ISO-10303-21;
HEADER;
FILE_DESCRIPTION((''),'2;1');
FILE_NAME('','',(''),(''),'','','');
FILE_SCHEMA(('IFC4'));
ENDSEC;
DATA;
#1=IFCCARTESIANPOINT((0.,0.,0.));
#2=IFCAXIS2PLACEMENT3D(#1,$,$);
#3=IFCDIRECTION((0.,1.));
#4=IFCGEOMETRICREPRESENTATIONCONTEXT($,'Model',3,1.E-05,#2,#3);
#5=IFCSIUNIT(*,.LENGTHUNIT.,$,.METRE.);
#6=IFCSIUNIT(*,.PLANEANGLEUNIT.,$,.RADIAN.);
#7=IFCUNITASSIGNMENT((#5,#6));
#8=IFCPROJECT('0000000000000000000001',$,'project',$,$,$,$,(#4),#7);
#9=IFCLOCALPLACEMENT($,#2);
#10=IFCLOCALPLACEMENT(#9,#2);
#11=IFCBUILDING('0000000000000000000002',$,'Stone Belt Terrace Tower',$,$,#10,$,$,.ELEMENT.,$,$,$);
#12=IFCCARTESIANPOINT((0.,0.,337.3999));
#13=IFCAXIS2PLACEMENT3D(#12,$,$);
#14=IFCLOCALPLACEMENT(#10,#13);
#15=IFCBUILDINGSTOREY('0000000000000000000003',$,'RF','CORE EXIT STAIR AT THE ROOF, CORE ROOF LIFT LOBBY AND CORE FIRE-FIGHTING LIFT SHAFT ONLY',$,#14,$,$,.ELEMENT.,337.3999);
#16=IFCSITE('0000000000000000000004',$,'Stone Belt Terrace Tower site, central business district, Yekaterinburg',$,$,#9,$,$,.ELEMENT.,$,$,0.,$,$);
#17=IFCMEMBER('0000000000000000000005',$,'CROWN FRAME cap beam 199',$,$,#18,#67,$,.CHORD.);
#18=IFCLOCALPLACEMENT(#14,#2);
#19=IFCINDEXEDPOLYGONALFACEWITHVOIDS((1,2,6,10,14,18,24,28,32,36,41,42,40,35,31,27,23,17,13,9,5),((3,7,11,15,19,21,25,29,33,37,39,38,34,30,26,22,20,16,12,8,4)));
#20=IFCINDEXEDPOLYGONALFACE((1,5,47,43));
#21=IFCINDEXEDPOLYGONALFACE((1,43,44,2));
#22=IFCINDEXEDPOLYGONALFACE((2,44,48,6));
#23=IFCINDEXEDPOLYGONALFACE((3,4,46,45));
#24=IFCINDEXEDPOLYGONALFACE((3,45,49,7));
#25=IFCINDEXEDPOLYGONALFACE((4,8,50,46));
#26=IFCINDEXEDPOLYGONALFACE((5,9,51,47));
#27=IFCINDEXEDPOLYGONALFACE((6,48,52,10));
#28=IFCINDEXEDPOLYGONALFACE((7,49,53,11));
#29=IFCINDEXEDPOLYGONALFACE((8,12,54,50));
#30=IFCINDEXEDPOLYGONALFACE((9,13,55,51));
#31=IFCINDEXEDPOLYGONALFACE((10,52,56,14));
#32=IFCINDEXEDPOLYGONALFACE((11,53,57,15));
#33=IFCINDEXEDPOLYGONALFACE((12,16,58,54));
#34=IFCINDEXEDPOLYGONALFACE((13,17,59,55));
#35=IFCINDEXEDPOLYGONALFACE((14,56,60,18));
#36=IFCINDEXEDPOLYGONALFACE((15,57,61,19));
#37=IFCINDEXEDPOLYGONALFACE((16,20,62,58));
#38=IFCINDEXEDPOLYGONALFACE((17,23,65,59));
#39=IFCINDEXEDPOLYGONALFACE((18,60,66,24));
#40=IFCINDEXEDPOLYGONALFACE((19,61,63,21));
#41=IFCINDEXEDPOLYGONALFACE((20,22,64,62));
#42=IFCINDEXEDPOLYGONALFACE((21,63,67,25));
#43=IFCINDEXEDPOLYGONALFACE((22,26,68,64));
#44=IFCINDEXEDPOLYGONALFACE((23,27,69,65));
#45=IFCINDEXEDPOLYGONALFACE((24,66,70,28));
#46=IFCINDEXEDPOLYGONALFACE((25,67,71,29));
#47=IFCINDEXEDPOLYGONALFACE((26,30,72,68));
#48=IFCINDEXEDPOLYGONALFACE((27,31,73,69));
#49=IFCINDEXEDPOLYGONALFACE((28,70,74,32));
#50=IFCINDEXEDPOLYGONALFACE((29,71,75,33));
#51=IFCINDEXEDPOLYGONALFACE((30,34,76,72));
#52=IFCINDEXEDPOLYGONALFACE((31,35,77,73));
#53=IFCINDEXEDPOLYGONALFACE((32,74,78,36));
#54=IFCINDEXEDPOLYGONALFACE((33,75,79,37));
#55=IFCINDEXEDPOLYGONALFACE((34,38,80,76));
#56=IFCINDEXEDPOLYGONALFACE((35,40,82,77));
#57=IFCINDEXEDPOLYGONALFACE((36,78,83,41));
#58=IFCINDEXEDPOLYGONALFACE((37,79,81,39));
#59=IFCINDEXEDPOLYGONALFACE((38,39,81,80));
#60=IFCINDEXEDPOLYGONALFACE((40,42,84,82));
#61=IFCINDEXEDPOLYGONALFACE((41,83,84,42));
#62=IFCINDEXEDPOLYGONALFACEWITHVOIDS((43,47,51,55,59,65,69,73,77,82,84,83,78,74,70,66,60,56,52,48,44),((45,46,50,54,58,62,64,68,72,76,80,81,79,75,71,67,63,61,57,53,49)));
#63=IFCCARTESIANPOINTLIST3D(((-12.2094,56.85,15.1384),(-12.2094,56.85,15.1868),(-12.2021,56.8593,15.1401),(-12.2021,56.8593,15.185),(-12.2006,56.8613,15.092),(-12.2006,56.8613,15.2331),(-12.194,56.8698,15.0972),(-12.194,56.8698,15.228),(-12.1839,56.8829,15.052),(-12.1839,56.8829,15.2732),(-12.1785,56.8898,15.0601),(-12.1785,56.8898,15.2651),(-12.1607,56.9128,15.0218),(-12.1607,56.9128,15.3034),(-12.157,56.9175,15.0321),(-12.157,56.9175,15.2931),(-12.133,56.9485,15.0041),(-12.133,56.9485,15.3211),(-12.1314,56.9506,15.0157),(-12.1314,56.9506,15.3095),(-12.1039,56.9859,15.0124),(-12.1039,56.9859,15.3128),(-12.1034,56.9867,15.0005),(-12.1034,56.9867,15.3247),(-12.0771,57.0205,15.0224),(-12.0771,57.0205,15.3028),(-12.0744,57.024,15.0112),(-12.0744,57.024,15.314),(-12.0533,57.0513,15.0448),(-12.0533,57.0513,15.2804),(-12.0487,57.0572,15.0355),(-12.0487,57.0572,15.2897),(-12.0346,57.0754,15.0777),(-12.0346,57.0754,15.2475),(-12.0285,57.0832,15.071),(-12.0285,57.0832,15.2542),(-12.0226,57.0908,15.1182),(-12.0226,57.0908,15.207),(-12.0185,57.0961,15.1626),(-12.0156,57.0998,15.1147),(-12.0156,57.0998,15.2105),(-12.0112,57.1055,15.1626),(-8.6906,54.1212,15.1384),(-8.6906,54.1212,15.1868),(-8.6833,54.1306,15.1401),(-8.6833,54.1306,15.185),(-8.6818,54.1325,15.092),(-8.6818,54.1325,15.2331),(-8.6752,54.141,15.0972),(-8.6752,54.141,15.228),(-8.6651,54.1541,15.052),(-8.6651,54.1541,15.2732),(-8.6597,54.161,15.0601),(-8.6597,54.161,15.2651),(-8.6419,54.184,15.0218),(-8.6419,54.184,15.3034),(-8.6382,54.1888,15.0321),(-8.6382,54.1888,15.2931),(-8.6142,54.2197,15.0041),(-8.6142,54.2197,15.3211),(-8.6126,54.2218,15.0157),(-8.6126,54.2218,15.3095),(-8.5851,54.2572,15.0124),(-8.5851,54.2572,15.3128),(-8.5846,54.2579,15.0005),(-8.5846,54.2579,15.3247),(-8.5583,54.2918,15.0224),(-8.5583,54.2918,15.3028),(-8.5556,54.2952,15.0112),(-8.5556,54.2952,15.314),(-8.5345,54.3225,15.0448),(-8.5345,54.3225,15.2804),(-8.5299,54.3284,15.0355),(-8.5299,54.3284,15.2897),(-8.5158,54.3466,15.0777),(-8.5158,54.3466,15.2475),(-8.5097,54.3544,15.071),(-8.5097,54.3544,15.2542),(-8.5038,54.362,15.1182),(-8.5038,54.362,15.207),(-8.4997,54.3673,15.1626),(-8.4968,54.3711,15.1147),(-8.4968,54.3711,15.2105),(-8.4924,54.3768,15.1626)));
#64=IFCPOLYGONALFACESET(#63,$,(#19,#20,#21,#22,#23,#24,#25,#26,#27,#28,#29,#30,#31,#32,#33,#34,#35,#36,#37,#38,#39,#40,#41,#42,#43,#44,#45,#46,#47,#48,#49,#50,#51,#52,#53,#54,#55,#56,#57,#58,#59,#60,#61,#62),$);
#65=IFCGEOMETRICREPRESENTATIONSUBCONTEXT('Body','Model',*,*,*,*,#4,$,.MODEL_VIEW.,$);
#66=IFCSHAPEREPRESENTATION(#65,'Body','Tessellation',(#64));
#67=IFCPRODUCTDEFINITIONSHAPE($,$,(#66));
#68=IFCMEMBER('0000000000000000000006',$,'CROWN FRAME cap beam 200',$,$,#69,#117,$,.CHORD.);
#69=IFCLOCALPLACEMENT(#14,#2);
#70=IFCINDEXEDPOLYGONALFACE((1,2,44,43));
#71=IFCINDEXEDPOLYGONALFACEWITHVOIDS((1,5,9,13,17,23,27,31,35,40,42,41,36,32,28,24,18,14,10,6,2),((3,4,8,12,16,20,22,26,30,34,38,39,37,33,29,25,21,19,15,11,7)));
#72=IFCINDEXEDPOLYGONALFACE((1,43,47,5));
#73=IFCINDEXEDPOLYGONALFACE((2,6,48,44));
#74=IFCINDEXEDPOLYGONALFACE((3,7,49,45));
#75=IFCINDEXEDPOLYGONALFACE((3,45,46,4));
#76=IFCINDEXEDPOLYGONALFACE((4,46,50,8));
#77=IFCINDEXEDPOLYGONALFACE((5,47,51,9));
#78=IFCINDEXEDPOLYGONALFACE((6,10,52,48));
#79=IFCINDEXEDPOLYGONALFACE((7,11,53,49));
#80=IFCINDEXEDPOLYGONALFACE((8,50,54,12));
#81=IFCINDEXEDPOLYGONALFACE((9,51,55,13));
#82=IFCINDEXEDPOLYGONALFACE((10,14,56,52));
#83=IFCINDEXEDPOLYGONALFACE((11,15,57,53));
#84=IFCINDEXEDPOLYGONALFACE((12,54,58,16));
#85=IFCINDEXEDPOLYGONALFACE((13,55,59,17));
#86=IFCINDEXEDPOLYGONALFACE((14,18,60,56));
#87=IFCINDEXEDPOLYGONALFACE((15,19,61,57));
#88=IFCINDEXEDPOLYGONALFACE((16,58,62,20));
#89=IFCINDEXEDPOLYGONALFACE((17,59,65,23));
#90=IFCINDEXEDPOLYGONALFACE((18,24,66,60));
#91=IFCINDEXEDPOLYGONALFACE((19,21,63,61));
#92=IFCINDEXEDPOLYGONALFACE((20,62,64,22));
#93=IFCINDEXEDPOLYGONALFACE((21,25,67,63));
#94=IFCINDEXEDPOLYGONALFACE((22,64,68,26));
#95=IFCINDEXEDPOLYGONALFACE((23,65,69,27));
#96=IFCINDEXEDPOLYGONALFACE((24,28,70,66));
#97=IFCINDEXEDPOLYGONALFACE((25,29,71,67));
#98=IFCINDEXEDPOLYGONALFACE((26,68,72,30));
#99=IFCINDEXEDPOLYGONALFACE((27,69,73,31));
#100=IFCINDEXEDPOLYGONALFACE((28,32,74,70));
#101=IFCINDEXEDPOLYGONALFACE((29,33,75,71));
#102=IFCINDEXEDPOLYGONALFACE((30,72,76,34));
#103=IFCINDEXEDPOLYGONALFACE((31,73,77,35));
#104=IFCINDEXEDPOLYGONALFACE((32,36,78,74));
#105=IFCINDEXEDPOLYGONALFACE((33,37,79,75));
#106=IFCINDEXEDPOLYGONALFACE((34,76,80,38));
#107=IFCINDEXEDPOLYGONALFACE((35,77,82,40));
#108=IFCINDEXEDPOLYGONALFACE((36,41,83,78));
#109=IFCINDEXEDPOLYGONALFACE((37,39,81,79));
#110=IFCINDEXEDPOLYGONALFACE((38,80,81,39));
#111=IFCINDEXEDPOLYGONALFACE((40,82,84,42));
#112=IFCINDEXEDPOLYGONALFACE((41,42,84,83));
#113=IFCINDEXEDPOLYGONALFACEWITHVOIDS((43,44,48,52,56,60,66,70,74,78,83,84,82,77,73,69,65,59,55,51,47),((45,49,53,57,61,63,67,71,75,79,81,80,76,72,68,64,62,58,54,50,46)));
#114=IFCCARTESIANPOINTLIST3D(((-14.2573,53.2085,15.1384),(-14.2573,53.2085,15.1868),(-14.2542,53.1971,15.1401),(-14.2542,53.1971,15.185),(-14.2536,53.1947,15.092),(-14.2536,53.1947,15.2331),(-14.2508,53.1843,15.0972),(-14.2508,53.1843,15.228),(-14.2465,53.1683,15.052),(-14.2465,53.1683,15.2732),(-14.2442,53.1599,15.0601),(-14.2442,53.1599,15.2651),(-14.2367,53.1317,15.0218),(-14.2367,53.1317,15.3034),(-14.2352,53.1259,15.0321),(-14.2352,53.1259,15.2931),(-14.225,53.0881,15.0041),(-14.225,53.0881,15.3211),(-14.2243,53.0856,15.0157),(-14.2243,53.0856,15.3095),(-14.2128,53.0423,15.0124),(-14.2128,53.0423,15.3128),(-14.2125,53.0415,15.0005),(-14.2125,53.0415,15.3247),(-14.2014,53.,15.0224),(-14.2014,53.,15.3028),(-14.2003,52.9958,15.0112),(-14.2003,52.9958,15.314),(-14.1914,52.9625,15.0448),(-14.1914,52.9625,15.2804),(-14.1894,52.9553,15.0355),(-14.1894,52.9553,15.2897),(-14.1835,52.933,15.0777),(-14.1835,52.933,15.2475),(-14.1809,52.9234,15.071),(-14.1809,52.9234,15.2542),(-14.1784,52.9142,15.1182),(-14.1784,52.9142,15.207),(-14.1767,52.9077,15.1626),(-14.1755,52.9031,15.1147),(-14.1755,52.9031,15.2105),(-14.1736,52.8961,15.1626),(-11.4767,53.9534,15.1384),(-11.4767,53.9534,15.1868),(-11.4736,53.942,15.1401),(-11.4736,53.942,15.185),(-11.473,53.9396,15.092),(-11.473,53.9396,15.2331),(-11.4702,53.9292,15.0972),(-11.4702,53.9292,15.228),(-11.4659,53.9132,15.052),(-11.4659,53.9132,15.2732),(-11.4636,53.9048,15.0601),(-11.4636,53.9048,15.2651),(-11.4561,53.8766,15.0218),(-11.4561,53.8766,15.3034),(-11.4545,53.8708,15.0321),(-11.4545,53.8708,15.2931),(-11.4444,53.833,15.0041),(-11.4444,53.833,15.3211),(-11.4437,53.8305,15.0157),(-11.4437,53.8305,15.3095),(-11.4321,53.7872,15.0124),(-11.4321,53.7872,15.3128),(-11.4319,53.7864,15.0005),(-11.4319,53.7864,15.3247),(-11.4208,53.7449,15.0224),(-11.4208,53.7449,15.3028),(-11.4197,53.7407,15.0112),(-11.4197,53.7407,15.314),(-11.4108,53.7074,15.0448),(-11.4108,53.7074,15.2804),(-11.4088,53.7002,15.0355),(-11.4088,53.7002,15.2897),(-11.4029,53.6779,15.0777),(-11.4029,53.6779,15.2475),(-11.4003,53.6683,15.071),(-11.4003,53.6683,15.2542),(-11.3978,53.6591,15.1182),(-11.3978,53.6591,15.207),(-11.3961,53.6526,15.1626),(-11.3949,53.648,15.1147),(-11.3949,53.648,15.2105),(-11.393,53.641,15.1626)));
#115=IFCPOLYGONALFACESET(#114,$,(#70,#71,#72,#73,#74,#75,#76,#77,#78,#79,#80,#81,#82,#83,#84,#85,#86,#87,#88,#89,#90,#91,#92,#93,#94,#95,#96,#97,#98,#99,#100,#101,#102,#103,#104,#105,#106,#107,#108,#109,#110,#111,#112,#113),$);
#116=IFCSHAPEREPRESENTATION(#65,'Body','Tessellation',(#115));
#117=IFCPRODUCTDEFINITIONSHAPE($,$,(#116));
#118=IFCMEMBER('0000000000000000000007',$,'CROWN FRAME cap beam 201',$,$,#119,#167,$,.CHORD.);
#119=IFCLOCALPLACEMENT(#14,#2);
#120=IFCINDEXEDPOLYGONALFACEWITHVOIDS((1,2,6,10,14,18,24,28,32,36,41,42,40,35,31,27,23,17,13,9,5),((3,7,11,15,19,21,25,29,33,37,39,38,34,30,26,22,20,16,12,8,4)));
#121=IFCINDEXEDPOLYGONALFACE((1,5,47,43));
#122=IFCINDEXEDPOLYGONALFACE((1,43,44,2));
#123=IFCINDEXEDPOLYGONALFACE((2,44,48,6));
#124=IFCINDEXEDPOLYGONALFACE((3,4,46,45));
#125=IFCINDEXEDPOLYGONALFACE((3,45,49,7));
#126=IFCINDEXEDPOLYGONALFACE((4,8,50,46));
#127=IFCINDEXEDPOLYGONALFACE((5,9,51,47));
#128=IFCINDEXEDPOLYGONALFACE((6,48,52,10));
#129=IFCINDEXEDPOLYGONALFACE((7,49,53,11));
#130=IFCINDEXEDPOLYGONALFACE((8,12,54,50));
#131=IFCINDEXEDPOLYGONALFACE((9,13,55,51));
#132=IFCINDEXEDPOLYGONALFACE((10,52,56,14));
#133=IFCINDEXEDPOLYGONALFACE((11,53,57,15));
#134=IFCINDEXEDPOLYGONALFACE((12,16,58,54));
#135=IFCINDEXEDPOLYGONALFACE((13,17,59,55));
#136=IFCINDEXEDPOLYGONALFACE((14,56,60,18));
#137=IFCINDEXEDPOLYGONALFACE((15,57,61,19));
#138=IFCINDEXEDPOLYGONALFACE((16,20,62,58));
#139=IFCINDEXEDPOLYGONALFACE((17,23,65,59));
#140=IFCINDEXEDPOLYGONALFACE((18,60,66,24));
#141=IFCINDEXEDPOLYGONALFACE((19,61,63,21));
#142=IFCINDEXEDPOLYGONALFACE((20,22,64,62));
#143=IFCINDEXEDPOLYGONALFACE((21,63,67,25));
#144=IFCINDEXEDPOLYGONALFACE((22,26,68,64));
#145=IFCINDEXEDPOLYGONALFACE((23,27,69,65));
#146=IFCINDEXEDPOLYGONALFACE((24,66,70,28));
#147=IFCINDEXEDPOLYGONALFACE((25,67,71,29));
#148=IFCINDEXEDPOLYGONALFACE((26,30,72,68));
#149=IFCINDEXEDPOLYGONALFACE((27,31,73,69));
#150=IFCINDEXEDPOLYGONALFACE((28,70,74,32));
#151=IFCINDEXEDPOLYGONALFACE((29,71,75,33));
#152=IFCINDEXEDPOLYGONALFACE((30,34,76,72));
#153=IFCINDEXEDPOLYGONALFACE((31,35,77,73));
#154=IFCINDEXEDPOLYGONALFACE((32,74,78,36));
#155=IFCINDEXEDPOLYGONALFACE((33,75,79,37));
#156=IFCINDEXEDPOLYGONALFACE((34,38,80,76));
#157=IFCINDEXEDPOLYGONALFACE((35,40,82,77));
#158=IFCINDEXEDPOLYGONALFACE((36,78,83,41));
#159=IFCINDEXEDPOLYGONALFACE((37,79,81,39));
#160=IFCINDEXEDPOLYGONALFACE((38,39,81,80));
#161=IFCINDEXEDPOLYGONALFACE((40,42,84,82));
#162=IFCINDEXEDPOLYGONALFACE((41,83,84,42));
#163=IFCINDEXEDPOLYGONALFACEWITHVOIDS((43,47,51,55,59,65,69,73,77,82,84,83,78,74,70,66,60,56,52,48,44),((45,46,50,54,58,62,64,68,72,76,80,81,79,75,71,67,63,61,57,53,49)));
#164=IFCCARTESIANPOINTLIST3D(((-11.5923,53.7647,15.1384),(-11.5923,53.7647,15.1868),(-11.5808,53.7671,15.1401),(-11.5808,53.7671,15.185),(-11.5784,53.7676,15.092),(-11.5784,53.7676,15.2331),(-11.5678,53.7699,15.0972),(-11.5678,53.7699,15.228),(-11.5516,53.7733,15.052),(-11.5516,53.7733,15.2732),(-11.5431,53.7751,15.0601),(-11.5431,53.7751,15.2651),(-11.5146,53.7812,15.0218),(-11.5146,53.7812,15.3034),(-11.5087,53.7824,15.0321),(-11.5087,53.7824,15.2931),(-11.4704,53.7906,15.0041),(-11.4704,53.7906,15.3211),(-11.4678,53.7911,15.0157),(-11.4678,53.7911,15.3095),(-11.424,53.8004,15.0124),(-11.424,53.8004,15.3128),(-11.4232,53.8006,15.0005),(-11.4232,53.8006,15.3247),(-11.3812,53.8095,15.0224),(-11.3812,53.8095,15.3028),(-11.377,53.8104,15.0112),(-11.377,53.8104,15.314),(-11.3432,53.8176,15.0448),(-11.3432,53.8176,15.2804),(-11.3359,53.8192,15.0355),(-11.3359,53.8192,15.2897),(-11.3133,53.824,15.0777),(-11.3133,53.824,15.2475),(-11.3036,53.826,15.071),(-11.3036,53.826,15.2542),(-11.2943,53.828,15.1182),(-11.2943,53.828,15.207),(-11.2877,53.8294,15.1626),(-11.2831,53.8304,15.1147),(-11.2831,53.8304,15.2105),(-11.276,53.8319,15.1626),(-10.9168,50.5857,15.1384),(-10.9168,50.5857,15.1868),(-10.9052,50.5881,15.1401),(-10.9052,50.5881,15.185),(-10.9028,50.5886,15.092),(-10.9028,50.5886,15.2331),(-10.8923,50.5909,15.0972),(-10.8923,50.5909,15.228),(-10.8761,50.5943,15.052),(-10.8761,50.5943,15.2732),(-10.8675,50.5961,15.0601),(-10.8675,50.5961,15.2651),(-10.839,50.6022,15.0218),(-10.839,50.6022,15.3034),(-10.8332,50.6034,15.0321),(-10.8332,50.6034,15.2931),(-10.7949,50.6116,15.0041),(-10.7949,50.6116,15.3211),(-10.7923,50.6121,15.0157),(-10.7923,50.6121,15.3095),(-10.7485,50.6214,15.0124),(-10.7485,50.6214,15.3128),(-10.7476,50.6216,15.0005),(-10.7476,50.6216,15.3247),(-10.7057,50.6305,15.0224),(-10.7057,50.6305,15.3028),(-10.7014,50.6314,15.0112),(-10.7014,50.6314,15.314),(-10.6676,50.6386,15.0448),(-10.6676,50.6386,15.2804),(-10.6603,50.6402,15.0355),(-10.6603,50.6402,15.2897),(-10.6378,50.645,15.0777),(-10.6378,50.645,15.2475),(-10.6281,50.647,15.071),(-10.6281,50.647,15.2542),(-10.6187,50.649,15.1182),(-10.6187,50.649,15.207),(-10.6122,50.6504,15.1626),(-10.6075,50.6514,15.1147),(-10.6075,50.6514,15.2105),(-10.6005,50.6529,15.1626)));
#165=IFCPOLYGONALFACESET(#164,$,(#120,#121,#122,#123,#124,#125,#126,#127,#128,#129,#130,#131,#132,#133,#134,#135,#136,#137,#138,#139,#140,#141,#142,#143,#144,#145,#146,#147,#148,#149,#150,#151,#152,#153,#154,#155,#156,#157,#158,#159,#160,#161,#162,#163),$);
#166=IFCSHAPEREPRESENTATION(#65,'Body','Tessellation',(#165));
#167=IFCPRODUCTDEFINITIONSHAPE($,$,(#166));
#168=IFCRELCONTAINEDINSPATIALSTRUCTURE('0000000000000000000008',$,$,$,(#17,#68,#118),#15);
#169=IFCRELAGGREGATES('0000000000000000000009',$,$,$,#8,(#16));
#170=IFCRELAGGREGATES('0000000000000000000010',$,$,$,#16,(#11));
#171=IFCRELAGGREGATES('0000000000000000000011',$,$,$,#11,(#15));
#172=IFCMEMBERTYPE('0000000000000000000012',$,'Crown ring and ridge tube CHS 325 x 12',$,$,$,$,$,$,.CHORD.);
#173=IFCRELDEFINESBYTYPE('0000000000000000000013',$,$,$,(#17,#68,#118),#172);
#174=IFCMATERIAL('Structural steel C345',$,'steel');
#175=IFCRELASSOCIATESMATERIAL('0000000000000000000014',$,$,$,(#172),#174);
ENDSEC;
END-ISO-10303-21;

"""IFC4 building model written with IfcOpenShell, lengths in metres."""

from ifc_helpers import new_model, si_unit, direction, frame, origin, origin_2d, place, context, subcontext, project, spatial, hollow_circle, extrude, material, material_profile, profile_set, type_object, element, save


model = new_model("IFC4")

# Units and contexts
model_context = context("Model", 3, precision=1e-05, world=origin(), true_north=direction((0.0, 1.0)))
body_context = subcontext(model_context, "Body", "Model", "MODEL_VIEW")
ifc_project = project(units=[si_unit("LENGTHUNIT", "METRE"), si_unit("PLANEANGLEUNIT", "RADIAN")], contexts=[model_context])

# Site, building, storey
site_placement = place(None, origin())
site = spatial("IfcSite", under=ifc_project, at=site_placement, Name="Stone Belt Terrace Tower site, central business district, Yekaterinburg", CompositionType="ELEMENT", RefElevation=0.0)
building_placement = place(site_placement, origin())
building = spatial("IfcBuilding", under=site, at=building_placement, Name="Stone Belt Terrace Tower", CompositionType="ELEMENT")
storey_placement = place(building_placement, frame((0.0, 0.0, 337.3999)))
storey = spatial("IfcBuildingStorey", under=building, at=storey_placement, Name="RF", Description="CORE EXIT STAIR AT THE ROOF, CORE ROOF LIFT LOBBY AND CORE FIRE-FIGHTING LIFT SHAFT ONLY", CompositionType="ELEMENT", Elevation=337.3999)

# Members
ifc_material_1 = material(Name="Structural steel C345", Category="steel")
ifc_material_profile = material_profile(ifc_material_1, hollow_circle(Radius=0.1626, WallThickness=0.012, at=origin_2d()), Name="Structural steel C345 CHS 325x12")
ifc_profile_set = profile_set([ifc_material_profile], Name="Structural steel C345")
member_type = type_object("IfcMemberType", Name="Crown ring and ridge tube CHS 325 x 12", PredefinedType="CHORD", material=ifc_profile_set)
member_1_placement = place(storey_placement, frame((-12.1108, 56.9771, 15.1626), z_axis=(0.790231, -0.612809, 0.0), x_axis=(0.612809, 0.790231, 0.0)))
element("IfcMember", 1, at=member_1_placement, inside=storey, type_object=member_type, Name="CROWN FRAME cap beam 199", PredefinedType="CHORD", context=body_context, shape_type="SweptSolid", body=[
    extrude(hollow_circle(Radius=0.1626, WallThickness=0.012, at=origin_2d()), origin(), (0.0, 0.0, 1.0), 4.4529),
])
member_2_placement = place(storey_placement, frame((-11.4351, 53.7981, 15.1626), z_axis=(-0.96594, -0.258766, 0.0), x_axis=(0.258766, -0.96594, 0.0)))
element("IfcMember", 2, at=member_2_placement, inside=storey, type_object=member_type, Name="CROWN FRAME cap beam 200", PredefinedType="CHORD", context=body_context, shape_type="SweptSolid", body=[
    extrude(hollow_circle(Radius=0.1626, WallThickness=0.012, at=origin_2d()), origin(), (0.0, 0.0, 1.0), 2.8787),
])
member_3_placement = place(storey_placement, frame((-11.4351, 53.7981, 15.1626), z_axis=(0.207861, -0.978158, 0.0), x_axis=(0.978158, 0.207861, 0.0)))
element("IfcMember", 3, at=member_3_placement, inside=storey, type_object=member_type, Name="CROWN FRAME cap beam 201", PredefinedType="CHORD", context=body_context, shape_type="SweptSolid", body=[
    extrude(hollow_circle(Radius=0.1626, WallThickness=0.012, at=origin_2d()), origin(), (0.0, 0.0, 1.0), 3.25),
])

save(model, "model.ifc")
